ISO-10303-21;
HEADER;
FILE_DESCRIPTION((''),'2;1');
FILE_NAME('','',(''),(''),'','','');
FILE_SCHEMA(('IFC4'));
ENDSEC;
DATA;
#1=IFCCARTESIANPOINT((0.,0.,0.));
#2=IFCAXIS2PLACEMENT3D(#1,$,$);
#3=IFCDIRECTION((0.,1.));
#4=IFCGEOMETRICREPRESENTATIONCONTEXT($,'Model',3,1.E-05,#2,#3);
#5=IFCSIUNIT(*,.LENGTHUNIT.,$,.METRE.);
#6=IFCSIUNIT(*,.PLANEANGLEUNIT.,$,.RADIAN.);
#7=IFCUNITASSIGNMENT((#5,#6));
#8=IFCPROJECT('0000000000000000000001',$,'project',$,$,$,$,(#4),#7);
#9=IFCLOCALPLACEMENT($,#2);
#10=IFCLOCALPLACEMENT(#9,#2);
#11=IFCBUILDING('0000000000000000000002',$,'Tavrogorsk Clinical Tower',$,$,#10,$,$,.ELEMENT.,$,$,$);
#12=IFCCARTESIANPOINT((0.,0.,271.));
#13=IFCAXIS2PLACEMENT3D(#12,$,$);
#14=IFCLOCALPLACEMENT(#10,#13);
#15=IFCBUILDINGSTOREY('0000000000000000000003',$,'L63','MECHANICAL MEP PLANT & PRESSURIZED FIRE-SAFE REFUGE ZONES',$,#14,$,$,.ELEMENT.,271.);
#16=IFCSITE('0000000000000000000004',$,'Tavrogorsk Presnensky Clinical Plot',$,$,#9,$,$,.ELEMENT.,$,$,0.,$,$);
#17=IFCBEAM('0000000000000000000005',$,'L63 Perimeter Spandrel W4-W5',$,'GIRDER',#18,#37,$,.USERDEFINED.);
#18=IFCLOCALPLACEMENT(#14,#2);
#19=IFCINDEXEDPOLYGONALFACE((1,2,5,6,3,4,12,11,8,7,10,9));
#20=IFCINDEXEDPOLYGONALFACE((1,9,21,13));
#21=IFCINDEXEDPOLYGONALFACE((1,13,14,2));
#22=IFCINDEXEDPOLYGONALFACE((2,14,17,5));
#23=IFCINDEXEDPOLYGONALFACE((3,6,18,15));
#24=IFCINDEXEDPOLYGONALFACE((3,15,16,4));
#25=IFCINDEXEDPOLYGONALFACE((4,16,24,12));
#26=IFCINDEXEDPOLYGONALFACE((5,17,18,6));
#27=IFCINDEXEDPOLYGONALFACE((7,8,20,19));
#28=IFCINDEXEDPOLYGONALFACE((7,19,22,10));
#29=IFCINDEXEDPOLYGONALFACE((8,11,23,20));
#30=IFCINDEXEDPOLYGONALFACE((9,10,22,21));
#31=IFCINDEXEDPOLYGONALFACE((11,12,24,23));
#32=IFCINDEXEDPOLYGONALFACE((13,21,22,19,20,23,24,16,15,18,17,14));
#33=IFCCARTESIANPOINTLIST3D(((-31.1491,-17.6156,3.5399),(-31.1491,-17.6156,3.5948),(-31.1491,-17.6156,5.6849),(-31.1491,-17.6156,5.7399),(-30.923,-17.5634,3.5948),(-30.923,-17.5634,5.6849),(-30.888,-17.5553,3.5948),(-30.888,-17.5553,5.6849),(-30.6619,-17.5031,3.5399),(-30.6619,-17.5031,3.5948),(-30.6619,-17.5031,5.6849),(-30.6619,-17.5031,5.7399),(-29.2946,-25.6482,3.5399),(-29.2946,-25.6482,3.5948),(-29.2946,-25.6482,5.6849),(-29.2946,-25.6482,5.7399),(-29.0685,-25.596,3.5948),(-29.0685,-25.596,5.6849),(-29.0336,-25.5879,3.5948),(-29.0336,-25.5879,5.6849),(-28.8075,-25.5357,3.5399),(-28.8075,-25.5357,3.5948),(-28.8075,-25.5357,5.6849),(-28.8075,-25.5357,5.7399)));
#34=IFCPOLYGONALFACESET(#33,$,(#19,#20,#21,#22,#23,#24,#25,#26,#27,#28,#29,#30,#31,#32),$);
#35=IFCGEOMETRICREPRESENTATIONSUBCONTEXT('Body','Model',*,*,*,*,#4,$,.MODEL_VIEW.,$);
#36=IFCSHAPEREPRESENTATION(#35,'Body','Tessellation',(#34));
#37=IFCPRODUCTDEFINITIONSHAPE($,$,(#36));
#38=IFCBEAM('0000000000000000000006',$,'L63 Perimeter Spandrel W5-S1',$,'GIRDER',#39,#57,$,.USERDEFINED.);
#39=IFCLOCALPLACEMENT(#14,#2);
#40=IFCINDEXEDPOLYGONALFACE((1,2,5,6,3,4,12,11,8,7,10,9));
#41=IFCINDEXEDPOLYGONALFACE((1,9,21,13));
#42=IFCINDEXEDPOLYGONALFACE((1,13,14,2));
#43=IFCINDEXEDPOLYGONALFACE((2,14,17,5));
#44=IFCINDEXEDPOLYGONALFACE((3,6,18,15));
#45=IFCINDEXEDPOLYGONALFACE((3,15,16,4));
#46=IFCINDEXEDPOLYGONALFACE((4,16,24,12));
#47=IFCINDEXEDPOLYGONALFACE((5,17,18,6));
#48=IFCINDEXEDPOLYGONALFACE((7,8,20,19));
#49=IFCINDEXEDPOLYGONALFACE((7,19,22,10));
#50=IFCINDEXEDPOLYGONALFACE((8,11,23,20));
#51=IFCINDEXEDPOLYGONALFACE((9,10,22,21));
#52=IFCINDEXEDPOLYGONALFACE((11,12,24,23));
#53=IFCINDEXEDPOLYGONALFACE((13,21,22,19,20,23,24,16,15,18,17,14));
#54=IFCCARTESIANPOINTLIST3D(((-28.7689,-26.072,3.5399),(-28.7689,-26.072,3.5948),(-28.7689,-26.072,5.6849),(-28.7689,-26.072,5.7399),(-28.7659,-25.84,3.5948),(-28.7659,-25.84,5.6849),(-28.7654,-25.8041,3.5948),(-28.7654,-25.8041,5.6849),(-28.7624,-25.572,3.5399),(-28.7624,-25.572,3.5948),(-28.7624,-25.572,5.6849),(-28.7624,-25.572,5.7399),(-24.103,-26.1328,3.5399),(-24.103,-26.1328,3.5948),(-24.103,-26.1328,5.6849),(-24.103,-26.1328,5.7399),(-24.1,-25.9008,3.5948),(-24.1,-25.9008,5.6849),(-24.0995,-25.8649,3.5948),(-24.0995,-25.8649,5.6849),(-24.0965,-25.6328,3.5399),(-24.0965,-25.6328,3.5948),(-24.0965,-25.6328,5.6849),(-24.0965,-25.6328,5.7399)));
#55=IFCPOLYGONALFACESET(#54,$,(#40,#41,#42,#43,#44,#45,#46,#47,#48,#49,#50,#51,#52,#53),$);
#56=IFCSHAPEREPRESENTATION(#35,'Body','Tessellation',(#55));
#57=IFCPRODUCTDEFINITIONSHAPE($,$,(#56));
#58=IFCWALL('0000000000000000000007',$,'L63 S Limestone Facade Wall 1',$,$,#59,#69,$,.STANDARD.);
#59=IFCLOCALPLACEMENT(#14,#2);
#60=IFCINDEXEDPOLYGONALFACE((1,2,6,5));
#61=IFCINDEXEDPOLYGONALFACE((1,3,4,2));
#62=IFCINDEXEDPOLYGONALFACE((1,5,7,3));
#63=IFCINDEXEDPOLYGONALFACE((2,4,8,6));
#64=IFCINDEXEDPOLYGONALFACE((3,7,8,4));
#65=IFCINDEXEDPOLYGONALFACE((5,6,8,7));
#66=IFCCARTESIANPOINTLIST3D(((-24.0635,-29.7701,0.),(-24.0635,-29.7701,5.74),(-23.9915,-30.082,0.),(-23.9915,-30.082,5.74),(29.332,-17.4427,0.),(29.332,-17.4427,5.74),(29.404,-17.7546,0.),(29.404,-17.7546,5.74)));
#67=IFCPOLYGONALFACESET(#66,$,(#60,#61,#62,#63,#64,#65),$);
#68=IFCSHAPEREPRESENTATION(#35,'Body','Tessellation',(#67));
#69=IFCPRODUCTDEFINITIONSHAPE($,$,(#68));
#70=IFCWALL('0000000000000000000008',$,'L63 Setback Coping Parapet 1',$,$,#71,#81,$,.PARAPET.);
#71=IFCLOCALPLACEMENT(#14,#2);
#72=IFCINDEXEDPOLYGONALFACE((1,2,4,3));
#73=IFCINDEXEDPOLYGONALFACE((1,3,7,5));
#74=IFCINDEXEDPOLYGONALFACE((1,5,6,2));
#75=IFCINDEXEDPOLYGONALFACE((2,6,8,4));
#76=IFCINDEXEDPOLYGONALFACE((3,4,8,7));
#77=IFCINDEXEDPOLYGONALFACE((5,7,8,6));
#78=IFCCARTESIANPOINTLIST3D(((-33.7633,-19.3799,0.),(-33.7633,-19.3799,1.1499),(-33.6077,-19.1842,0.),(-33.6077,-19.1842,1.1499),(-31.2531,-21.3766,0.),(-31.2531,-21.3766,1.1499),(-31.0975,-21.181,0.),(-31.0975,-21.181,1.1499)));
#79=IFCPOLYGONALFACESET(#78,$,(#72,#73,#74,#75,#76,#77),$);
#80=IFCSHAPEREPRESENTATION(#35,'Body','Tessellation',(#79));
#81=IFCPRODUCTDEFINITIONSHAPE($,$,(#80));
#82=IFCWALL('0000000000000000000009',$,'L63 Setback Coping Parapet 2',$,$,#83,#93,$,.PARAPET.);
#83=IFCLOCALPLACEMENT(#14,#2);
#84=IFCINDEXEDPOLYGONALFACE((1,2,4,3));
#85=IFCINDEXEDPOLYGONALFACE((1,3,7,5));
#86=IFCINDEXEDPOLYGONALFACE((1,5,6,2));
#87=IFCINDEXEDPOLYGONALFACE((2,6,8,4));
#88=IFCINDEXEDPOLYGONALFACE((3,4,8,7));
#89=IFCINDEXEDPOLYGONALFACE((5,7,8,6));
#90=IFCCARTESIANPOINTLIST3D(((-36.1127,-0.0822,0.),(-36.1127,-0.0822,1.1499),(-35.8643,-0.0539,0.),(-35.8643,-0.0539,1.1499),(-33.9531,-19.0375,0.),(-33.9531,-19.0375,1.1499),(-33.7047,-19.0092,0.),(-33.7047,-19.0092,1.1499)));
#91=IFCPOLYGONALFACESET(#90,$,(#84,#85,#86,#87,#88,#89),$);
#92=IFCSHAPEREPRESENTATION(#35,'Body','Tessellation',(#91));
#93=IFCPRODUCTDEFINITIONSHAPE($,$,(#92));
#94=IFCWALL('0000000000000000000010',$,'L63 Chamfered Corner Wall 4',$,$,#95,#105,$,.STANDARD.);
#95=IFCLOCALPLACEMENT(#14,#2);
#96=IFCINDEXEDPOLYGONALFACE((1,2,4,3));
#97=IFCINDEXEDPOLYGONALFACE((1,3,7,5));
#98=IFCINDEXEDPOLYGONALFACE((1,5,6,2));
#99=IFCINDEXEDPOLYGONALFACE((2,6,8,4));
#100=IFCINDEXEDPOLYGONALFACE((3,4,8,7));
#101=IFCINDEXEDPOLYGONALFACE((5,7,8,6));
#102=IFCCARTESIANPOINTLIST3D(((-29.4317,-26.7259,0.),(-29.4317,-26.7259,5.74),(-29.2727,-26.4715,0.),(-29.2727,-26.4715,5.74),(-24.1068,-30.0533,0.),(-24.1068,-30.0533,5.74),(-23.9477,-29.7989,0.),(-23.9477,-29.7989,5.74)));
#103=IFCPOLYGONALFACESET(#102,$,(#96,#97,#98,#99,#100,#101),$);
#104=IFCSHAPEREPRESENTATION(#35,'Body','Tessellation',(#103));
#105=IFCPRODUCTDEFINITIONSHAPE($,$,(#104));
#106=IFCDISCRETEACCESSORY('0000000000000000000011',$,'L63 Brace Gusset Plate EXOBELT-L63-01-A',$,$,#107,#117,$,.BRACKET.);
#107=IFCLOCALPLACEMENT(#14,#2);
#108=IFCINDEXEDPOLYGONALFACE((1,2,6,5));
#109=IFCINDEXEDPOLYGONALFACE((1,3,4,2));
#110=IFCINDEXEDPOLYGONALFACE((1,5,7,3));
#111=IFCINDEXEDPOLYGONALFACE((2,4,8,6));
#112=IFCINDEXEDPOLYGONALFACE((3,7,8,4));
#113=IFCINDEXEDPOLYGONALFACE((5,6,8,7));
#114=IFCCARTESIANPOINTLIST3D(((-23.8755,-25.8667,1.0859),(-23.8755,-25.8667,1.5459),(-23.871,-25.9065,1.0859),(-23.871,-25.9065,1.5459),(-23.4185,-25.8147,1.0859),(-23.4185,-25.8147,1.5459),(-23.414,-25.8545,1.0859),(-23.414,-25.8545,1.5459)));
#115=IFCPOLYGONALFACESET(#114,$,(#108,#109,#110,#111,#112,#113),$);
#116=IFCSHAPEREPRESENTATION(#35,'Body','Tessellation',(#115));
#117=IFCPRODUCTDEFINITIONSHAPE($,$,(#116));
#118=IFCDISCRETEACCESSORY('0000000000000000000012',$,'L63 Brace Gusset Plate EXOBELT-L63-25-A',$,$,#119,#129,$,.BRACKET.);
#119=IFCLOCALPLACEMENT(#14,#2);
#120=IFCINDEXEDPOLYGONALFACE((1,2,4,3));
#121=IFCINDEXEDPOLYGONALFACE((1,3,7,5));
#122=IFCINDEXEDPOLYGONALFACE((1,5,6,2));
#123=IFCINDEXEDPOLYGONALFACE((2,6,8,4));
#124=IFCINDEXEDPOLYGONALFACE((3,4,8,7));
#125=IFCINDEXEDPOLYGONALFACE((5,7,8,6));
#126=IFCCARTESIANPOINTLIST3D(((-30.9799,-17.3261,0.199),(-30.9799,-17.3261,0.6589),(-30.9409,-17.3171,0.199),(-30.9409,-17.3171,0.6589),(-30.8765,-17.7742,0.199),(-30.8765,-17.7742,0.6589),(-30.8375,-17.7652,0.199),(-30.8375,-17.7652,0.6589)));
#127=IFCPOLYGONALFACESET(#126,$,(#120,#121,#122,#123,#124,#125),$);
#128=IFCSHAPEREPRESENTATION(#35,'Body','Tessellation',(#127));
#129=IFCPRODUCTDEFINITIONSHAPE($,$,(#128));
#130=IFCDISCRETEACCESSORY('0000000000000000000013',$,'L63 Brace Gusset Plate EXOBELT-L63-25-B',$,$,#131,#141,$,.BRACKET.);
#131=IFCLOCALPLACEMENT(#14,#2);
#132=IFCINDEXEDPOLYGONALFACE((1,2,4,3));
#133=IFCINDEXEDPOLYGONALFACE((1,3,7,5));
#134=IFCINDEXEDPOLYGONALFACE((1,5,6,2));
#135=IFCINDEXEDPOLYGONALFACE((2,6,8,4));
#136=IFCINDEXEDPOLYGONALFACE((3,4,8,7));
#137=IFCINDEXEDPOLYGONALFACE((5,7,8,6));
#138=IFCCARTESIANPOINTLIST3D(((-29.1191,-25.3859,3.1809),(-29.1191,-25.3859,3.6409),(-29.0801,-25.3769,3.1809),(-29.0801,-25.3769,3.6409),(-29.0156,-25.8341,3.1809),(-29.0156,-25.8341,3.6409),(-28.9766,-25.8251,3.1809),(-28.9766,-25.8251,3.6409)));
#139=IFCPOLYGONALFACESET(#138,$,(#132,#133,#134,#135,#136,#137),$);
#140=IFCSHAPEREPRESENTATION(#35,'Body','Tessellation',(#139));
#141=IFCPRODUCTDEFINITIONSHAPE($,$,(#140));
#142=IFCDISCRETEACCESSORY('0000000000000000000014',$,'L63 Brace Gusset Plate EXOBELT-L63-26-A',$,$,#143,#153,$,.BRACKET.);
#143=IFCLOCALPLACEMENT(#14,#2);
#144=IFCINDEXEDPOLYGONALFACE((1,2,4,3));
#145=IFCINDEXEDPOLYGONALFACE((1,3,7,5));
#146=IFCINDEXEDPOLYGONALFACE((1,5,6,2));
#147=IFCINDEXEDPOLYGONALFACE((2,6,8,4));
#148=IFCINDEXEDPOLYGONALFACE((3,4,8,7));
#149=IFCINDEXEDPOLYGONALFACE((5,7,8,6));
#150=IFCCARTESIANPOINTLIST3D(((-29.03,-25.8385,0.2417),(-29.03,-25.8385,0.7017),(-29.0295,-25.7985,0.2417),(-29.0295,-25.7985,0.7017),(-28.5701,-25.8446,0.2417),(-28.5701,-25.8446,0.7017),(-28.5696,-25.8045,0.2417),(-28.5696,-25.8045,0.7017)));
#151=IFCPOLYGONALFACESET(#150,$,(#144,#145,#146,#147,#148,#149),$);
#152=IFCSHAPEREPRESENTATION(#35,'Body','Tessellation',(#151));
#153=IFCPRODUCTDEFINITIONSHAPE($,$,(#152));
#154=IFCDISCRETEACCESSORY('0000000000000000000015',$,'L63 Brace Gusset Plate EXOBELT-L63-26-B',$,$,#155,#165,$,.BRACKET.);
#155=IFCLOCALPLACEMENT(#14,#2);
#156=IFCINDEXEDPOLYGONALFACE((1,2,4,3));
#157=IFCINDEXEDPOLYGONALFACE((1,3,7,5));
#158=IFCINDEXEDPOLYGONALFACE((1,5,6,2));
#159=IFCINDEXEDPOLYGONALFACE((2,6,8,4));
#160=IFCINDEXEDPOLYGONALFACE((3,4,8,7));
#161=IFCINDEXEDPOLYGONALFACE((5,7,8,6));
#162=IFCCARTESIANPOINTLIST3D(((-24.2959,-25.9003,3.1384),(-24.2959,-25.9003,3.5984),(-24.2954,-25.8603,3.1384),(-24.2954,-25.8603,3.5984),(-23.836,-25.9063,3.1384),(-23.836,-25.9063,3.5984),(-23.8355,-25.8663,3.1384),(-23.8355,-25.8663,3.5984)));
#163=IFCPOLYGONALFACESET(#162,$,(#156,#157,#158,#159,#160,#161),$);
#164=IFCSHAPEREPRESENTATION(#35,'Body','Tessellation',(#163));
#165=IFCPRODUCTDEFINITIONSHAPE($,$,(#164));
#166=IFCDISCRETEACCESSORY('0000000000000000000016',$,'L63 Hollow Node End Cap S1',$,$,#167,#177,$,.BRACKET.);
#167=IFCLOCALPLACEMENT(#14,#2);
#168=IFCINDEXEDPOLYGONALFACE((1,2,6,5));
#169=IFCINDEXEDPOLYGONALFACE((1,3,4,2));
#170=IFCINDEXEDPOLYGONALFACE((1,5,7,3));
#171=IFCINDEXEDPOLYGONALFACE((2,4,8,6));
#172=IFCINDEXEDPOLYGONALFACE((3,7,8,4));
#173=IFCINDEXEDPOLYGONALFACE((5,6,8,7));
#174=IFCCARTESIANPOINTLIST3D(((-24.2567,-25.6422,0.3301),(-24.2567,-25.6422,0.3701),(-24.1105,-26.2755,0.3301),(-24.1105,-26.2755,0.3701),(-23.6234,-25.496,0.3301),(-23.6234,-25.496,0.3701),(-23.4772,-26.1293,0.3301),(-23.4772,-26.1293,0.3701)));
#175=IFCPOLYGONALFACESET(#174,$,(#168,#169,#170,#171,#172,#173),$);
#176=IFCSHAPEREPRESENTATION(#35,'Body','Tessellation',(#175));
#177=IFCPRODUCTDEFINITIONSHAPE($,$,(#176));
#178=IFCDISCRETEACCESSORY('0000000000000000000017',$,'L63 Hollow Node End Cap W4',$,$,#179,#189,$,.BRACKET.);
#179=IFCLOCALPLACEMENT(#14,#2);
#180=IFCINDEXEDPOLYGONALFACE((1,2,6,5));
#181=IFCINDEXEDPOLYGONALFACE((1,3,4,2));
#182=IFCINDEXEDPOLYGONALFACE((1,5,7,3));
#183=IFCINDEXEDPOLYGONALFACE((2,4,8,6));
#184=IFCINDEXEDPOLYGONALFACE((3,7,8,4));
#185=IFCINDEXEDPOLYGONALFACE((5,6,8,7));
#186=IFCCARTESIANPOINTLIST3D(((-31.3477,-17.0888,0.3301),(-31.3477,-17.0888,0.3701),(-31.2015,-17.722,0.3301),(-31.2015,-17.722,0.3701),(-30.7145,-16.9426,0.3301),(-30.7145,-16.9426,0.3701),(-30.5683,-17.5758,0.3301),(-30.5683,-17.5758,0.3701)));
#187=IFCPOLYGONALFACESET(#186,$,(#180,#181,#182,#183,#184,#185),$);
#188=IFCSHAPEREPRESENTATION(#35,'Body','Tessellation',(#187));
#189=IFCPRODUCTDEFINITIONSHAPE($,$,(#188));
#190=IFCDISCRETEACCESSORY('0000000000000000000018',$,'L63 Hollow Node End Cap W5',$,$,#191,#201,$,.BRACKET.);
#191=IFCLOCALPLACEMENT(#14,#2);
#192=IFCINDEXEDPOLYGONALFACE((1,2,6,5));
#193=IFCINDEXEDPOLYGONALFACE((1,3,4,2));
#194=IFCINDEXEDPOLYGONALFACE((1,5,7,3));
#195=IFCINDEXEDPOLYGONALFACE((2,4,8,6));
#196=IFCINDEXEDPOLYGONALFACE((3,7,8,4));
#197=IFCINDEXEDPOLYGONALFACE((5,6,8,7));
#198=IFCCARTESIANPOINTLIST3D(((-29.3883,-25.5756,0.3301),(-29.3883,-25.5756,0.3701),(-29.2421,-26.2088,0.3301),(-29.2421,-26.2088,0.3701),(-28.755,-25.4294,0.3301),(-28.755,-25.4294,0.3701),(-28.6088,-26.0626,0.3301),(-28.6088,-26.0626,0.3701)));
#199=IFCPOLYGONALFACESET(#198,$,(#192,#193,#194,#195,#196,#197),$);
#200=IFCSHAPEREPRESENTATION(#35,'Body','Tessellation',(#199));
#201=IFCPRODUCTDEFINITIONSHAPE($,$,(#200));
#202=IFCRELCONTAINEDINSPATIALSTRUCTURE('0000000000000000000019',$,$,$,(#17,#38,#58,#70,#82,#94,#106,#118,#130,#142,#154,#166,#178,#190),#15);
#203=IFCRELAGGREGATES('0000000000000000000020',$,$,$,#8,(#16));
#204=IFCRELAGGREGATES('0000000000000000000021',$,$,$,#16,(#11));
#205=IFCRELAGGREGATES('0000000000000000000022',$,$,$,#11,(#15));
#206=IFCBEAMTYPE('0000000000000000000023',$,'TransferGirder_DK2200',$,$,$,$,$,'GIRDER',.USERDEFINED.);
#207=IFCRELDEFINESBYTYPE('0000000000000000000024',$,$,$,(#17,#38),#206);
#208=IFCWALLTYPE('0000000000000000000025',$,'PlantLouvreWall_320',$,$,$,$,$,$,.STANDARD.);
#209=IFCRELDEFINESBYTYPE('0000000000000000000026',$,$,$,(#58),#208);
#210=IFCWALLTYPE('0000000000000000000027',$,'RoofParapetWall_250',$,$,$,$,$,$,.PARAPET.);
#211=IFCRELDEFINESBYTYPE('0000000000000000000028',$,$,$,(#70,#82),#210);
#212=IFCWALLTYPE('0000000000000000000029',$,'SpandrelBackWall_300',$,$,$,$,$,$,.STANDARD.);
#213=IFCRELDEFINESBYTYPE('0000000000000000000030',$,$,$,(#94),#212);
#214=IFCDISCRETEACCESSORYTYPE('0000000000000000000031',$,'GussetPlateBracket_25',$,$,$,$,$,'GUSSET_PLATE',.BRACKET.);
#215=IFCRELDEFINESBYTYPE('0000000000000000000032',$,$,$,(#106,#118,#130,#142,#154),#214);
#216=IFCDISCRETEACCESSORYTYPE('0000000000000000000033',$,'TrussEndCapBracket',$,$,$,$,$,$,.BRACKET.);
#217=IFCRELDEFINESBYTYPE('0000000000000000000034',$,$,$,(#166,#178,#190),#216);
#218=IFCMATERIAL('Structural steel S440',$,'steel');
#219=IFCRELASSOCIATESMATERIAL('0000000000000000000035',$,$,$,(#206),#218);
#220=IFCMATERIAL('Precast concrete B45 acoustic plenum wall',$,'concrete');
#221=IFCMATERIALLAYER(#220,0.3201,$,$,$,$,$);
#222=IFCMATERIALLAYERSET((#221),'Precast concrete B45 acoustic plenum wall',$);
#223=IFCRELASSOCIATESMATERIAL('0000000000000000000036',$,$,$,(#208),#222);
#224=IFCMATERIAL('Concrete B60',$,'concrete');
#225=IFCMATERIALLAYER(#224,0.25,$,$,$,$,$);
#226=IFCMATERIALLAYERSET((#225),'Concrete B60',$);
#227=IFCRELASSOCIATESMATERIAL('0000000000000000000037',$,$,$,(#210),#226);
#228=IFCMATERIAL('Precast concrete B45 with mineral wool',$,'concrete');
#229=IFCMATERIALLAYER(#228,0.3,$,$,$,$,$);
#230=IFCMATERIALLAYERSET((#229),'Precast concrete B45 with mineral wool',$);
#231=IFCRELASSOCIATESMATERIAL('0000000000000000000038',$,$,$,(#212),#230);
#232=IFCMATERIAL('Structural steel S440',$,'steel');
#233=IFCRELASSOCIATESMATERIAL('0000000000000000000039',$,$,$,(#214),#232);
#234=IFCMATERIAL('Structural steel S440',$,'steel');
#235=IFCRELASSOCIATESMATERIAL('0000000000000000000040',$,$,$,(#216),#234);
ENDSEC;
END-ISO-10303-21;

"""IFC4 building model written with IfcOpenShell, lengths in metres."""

from ifc_helpers import new_model, si_unit, direction, frame, frame_2d, origin, origin_2d, place, context, subcontext, project, spatial, rectangle, i_section, extrude, material, layer, layer_set, material_profile, profile_set, type_object, element, save


model = new_model("IFC4")

# Units and contexts
model_context = context("Model", 3, precision=1e-05, world=origin(), true_north=direction((0.0, 1.0)))
body_context = subcontext(model_context, "Body", "Model", "MODEL_VIEW")
ifc_project = project(units=[si_unit("LENGTHUNIT", "METRE"), si_unit("PLANEANGLEUNIT", "RADIAN")], contexts=[model_context])

# Site, building, storey
site_placement = place(None, origin())
site = spatial("IfcSite", under=ifc_project, at=site_placement, Name="Tavrogorsk Presnensky Clinical Plot", CompositionType="ELEMENT", RefElevation=0.0)
building_placement = place(site_placement, origin())
building = spatial("IfcBuilding", under=site, at=building_placement, Name="Tavrogorsk Clinical Tower", CompositionType="ELEMENT")
storey_placement = place(building_placement, frame((0.0, 0.0, 271.0)))
storey = spatial("IfcBuildingStorey", under=building, at=storey_placement, Name="L63", Description="MECHANICAL MEP PLANT & PRESSURIZED FIRE-SAFE REFUGE ZONES", CompositionType="ELEMENT", Elevation=271.0)

# Beams
ifc_material_1 = material(Name="Structural steel S440", Category="steel")
ifc_material_profile_1 = material_profile(ifc_material_1, i_section(OverallWidth=0.5, OverallDepth=2.2, WebThickness=0.0359, FlangeThickness=0.0549, at=origin_2d()), Name="DK-2200x500x36x55")
ifc_profile_set_1 = profile_set([ifc_material_profile_1], Name="Structural steel S440")
beam_type = type_object("IfcBeamType", Name="TransferGirder_DK2200", ElementType="GIRDER", PredefinedType="USERDEFINED", material=ifc_profile_set_1)
beam_1_placement = place(storey_placement, frame((-30.9055, -17.5593, 4.6399), z_axis=(0.22495, -0.97437, 0.0), x_axis=(0.97437, 0.22495, 0.0)))
element("IfcBeam", 1, at=beam_1_placement, inside=storey, type_object=beam_type, Name="L63 Perimeter Spandrel W4-W5", ObjectType="GIRDER", PredefinedType="USERDEFINED", context=body_context, shape_type="SweptSolid", body=[
    extrude(i_section(OverallWidth=0.5, OverallDepth=2.2, WebThickness=0.0359, FlangeThickness=0.0549, at=origin_2d()), origin(), (0.0, 0.0, 1.0), 8.2439),
])
beam_2_placement = place(storey_placement, frame((-28.7656, -25.822, 4.6399), z_axis=(0.999915, -0.013028, 0.0), x_axis=(0.013028, 0.999915, 0.0)))
element("IfcBeam", 2, at=beam_2_placement, inside=storey, type_object=beam_type, Name="L63 Perimeter Spandrel W5-S1", ObjectType="GIRDER", PredefinedType="USERDEFINED", context=body_context, shape_type="SweptSolid", body=[
    extrude(i_section(OverallWidth=0.5, OverallDepth=2.2, WebThickness=0.0359, FlangeThickness=0.0549, at=origin_2d()), origin(), (0.0, 0.0, 1.0), 4.6663),
])

# Walls
ifc_material_2 = material(Name="Precast concrete B45 acoustic plenum wall", Category="concrete")
ifc_layer_1 = layer(ifc_material_2, 0.3201)
ifc_layer_set_1 = layer_set([ifc_layer_1], Name="Precast concrete B45 acoustic plenum wall")
wall_type_1 = type_object("IfcWallType", Name="PlantLouvreWall_320", PredefinedType="STANDARD", material=ifc_layer_set_1)
wall_1_placement = place(storey_placement, frame((-24.0273, -29.926, 0.0), z_axis=(0.0, 0.0, 1.0), x_axis=(0.97437, 0.224952, 0.0)))
element("IfcWall", 3, at=wall_1_placement, inside=storey, type_object=wall_type_1, Name="L63 S Limestone Facade Wall 1", PredefinedType="STANDARD", context=body_context, shape_type="SweptSolid", body=[
    extrude(rectangle(XDim=54.8, YDim=0.3201, at=frame_2d((27.3999, 0.0))), origin(), (0.0, 0.0, 1.0), 5.74),
])
ifc_material_3 = material(Name="Concrete B60", Category="concrete")
ifc_layer_2 = layer(ifc_material_3, 0.25)
ifc_layer_set_2 = layer_set([ifc_layer_2], Name="Concrete B60")
wall_type_2 = type_object("IfcWallType", Name="RoofParapetWall_250", PredefinedType="PARAPET", material=ifc_layer_set_2)
wall_2_placement = place(storey_placement, frame((-31.1753, -21.2788, 0.0), z_axis=(0.0, 0.0, 1.0), x_axis=(-0.782596, 0.62253, 0.0)))
element("IfcWall", 4, at=wall_2_placement, inside=storey, type_object=wall_type_2, Name="L63 Setback Coping Parapet 1", PredefinedType="PARAPET", context=body_context, shape_type="SweptSolid", body=[
    extrude(rectangle(XDim=3.2075, YDim=0.25, at=frame_2d((1.6038, 0.0))), origin(), (0.0, 0.0, 1.0), 1.1499),
])
wall_3_placement = place(storey_placement, frame((-33.8289, -19.0234, 0.0), z_axis=(0.0, 0.0, 1.0), x_axis=(-0.113202, 0.993572, 0.0)))
element("IfcWall", 5, at=wall_3_placement, inside=storey, type_object=wall_type_2, Name="L63 Setback Coping Parapet 2", PredefinedType="PARAPET", context=body_context, shape_type="SweptSolid", body=[
    extrude(rectangle(XDim=19.0779, YDim=0.25, at=frame_2d((9.5391, 0.0))), origin(), (0.0, 0.0, 1.0), 1.1499),
])
ifc_material_4 = material(Name="Precast concrete B45 with mineral wool", Category="concrete")
ifc_layer_3 = layer(ifc_material_4, 0.3)
ifc_layer_set_3 = layer_set([ifc_layer_3], Name="Precast concrete B45 with mineral wool")
wall_type_3 = type_object("IfcWallType", Name="SpandrelBackWall_300", PredefinedType="STANDARD", material=ifc_layer_set_3)
wall_4_placement = place(storey_placement, frame((-29.3523, -26.5986, 0.0), z_axis=(0.0, 0.0, 1.0), x_axis=(0.848049, -0.529919, 0.0)))
element("IfcWall", 6, at=wall_4_placement, inside=storey, type_object=wall_type_3, Name="L63 Chamfered Corner Wall 4", PredefinedType="STANDARD", context=body_context, shape_type="SweptSolid", body=[
    extrude(rectangle(XDim=6.2791, YDim=0.3, at=frame_2d((3.1396, 0.0))), origin(), (0.0, 0.0, 1.0), 5.74),
])

# Discrete accessories
ifc_material_5 = material(Name="Structural steel S440", Category="steel")
discrete_accessory_type_1 = type_object("IfcDiscreteAccessoryType", Name="GussetPlateBracket_25", ElementType="GUSSET_PLATE", PredefinedType="BRACKET", material=ifc_material_5)
for number, where, z_axis, x_axis, name in (
    (7, (-23.6448, -25.8606, 1.0859), (0.0, 0.0, 1.0), (0.993572, 0.113203, 0.0), "L63 Brace Gusset Plate EXOBELT-L63-01-A"),
    (8, (-30.9087, -17.5457, 0.199), (0.0, 0.0, 1.0), (0.224951, -0.97437, 0.0), "L63 Brace Gusset Plate EXOBELT-L63-25-A"),
    (9, (-29.0479, -25.6055, 3.1809), (0.0, 0.0, 1.0), (0.224951, -0.97437, 0.0), "L63 Brace Gusset Plate EXOBELT-L63-25-B"),
    (10, (-28.7998, -25.8215, 0.2417), (0.0, 0.0, 1.0), (0.999914, -0.01309, 0.0), "L63 Brace Gusset Plate EXOBELT-L63-26-A"),
    (11, (-24.0657, -25.8833, 3.1384), (0.0, 0.0, 1.0), (0.999914, -0.01309, 0.0), "L63 Brace Gusset Plate EXOBELT-L63-26-B"),
):
    element("IfcDiscreteAccessory", number, at=place(storey_placement, frame(where, z_axis=z_axis, x_axis=x_axis)), inside=storey, type_object=discrete_accessory_type_1, Name=name, PredefinedType="BRACKET", context=body_context, shape_type="SweptSolid", body=[
        extrude(rectangle(XDim=0.46, YDim=0.04, at=origin_2d()), origin(), (0.0, 0.0, 1.0), 0.46),
    ])
ifc_material_6 = material(Name="Structural steel S440", Category="steel")
discrete_accessory_type_2 = type_object("IfcDiscreteAccessoryType", Name="TrussEndCapBracket", PredefinedType="BRACKET", material=ifc_material_6)
for number, where, z_axis, x_axis, name in (
    (12, (-23.8669, -25.8857, 0.3301), (0.0, 0.0, 1.0), (0.97437, 0.224951, 0.0), "L63 Hollow Node End Cap S1"),
    (13, (-30.958, -17.3323, 0.3301), (0.0, 0.0, 1.0), (0.97437, 0.224951, 0.0), "L63 Hollow Node End Cap W4"),
    (14, (-28.9985, -25.8191, 0.3301), (0.0, 0.0, 1.0), (0.97437, 0.224951, 0.0), "L63 Hollow Node End Cap W5"),
):
    element("IfcDiscreteAccessory", number, at=place(storey_placement, frame(where, z_axis=z_axis, x_axis=x_axis)), inside=storey, type_object=discrete_accessory_type_2, Name=name, PredefinedType="BRACKET", context=body_context, shape_type="SweptSolid", body=[
        extrude(rectangle(XDim=0.6499, YDim=0.6499, at=origin_2d()), origin(), (0.0, 0.0, 1.0), 0.04),
    ])

save(model, "model.ifc")
